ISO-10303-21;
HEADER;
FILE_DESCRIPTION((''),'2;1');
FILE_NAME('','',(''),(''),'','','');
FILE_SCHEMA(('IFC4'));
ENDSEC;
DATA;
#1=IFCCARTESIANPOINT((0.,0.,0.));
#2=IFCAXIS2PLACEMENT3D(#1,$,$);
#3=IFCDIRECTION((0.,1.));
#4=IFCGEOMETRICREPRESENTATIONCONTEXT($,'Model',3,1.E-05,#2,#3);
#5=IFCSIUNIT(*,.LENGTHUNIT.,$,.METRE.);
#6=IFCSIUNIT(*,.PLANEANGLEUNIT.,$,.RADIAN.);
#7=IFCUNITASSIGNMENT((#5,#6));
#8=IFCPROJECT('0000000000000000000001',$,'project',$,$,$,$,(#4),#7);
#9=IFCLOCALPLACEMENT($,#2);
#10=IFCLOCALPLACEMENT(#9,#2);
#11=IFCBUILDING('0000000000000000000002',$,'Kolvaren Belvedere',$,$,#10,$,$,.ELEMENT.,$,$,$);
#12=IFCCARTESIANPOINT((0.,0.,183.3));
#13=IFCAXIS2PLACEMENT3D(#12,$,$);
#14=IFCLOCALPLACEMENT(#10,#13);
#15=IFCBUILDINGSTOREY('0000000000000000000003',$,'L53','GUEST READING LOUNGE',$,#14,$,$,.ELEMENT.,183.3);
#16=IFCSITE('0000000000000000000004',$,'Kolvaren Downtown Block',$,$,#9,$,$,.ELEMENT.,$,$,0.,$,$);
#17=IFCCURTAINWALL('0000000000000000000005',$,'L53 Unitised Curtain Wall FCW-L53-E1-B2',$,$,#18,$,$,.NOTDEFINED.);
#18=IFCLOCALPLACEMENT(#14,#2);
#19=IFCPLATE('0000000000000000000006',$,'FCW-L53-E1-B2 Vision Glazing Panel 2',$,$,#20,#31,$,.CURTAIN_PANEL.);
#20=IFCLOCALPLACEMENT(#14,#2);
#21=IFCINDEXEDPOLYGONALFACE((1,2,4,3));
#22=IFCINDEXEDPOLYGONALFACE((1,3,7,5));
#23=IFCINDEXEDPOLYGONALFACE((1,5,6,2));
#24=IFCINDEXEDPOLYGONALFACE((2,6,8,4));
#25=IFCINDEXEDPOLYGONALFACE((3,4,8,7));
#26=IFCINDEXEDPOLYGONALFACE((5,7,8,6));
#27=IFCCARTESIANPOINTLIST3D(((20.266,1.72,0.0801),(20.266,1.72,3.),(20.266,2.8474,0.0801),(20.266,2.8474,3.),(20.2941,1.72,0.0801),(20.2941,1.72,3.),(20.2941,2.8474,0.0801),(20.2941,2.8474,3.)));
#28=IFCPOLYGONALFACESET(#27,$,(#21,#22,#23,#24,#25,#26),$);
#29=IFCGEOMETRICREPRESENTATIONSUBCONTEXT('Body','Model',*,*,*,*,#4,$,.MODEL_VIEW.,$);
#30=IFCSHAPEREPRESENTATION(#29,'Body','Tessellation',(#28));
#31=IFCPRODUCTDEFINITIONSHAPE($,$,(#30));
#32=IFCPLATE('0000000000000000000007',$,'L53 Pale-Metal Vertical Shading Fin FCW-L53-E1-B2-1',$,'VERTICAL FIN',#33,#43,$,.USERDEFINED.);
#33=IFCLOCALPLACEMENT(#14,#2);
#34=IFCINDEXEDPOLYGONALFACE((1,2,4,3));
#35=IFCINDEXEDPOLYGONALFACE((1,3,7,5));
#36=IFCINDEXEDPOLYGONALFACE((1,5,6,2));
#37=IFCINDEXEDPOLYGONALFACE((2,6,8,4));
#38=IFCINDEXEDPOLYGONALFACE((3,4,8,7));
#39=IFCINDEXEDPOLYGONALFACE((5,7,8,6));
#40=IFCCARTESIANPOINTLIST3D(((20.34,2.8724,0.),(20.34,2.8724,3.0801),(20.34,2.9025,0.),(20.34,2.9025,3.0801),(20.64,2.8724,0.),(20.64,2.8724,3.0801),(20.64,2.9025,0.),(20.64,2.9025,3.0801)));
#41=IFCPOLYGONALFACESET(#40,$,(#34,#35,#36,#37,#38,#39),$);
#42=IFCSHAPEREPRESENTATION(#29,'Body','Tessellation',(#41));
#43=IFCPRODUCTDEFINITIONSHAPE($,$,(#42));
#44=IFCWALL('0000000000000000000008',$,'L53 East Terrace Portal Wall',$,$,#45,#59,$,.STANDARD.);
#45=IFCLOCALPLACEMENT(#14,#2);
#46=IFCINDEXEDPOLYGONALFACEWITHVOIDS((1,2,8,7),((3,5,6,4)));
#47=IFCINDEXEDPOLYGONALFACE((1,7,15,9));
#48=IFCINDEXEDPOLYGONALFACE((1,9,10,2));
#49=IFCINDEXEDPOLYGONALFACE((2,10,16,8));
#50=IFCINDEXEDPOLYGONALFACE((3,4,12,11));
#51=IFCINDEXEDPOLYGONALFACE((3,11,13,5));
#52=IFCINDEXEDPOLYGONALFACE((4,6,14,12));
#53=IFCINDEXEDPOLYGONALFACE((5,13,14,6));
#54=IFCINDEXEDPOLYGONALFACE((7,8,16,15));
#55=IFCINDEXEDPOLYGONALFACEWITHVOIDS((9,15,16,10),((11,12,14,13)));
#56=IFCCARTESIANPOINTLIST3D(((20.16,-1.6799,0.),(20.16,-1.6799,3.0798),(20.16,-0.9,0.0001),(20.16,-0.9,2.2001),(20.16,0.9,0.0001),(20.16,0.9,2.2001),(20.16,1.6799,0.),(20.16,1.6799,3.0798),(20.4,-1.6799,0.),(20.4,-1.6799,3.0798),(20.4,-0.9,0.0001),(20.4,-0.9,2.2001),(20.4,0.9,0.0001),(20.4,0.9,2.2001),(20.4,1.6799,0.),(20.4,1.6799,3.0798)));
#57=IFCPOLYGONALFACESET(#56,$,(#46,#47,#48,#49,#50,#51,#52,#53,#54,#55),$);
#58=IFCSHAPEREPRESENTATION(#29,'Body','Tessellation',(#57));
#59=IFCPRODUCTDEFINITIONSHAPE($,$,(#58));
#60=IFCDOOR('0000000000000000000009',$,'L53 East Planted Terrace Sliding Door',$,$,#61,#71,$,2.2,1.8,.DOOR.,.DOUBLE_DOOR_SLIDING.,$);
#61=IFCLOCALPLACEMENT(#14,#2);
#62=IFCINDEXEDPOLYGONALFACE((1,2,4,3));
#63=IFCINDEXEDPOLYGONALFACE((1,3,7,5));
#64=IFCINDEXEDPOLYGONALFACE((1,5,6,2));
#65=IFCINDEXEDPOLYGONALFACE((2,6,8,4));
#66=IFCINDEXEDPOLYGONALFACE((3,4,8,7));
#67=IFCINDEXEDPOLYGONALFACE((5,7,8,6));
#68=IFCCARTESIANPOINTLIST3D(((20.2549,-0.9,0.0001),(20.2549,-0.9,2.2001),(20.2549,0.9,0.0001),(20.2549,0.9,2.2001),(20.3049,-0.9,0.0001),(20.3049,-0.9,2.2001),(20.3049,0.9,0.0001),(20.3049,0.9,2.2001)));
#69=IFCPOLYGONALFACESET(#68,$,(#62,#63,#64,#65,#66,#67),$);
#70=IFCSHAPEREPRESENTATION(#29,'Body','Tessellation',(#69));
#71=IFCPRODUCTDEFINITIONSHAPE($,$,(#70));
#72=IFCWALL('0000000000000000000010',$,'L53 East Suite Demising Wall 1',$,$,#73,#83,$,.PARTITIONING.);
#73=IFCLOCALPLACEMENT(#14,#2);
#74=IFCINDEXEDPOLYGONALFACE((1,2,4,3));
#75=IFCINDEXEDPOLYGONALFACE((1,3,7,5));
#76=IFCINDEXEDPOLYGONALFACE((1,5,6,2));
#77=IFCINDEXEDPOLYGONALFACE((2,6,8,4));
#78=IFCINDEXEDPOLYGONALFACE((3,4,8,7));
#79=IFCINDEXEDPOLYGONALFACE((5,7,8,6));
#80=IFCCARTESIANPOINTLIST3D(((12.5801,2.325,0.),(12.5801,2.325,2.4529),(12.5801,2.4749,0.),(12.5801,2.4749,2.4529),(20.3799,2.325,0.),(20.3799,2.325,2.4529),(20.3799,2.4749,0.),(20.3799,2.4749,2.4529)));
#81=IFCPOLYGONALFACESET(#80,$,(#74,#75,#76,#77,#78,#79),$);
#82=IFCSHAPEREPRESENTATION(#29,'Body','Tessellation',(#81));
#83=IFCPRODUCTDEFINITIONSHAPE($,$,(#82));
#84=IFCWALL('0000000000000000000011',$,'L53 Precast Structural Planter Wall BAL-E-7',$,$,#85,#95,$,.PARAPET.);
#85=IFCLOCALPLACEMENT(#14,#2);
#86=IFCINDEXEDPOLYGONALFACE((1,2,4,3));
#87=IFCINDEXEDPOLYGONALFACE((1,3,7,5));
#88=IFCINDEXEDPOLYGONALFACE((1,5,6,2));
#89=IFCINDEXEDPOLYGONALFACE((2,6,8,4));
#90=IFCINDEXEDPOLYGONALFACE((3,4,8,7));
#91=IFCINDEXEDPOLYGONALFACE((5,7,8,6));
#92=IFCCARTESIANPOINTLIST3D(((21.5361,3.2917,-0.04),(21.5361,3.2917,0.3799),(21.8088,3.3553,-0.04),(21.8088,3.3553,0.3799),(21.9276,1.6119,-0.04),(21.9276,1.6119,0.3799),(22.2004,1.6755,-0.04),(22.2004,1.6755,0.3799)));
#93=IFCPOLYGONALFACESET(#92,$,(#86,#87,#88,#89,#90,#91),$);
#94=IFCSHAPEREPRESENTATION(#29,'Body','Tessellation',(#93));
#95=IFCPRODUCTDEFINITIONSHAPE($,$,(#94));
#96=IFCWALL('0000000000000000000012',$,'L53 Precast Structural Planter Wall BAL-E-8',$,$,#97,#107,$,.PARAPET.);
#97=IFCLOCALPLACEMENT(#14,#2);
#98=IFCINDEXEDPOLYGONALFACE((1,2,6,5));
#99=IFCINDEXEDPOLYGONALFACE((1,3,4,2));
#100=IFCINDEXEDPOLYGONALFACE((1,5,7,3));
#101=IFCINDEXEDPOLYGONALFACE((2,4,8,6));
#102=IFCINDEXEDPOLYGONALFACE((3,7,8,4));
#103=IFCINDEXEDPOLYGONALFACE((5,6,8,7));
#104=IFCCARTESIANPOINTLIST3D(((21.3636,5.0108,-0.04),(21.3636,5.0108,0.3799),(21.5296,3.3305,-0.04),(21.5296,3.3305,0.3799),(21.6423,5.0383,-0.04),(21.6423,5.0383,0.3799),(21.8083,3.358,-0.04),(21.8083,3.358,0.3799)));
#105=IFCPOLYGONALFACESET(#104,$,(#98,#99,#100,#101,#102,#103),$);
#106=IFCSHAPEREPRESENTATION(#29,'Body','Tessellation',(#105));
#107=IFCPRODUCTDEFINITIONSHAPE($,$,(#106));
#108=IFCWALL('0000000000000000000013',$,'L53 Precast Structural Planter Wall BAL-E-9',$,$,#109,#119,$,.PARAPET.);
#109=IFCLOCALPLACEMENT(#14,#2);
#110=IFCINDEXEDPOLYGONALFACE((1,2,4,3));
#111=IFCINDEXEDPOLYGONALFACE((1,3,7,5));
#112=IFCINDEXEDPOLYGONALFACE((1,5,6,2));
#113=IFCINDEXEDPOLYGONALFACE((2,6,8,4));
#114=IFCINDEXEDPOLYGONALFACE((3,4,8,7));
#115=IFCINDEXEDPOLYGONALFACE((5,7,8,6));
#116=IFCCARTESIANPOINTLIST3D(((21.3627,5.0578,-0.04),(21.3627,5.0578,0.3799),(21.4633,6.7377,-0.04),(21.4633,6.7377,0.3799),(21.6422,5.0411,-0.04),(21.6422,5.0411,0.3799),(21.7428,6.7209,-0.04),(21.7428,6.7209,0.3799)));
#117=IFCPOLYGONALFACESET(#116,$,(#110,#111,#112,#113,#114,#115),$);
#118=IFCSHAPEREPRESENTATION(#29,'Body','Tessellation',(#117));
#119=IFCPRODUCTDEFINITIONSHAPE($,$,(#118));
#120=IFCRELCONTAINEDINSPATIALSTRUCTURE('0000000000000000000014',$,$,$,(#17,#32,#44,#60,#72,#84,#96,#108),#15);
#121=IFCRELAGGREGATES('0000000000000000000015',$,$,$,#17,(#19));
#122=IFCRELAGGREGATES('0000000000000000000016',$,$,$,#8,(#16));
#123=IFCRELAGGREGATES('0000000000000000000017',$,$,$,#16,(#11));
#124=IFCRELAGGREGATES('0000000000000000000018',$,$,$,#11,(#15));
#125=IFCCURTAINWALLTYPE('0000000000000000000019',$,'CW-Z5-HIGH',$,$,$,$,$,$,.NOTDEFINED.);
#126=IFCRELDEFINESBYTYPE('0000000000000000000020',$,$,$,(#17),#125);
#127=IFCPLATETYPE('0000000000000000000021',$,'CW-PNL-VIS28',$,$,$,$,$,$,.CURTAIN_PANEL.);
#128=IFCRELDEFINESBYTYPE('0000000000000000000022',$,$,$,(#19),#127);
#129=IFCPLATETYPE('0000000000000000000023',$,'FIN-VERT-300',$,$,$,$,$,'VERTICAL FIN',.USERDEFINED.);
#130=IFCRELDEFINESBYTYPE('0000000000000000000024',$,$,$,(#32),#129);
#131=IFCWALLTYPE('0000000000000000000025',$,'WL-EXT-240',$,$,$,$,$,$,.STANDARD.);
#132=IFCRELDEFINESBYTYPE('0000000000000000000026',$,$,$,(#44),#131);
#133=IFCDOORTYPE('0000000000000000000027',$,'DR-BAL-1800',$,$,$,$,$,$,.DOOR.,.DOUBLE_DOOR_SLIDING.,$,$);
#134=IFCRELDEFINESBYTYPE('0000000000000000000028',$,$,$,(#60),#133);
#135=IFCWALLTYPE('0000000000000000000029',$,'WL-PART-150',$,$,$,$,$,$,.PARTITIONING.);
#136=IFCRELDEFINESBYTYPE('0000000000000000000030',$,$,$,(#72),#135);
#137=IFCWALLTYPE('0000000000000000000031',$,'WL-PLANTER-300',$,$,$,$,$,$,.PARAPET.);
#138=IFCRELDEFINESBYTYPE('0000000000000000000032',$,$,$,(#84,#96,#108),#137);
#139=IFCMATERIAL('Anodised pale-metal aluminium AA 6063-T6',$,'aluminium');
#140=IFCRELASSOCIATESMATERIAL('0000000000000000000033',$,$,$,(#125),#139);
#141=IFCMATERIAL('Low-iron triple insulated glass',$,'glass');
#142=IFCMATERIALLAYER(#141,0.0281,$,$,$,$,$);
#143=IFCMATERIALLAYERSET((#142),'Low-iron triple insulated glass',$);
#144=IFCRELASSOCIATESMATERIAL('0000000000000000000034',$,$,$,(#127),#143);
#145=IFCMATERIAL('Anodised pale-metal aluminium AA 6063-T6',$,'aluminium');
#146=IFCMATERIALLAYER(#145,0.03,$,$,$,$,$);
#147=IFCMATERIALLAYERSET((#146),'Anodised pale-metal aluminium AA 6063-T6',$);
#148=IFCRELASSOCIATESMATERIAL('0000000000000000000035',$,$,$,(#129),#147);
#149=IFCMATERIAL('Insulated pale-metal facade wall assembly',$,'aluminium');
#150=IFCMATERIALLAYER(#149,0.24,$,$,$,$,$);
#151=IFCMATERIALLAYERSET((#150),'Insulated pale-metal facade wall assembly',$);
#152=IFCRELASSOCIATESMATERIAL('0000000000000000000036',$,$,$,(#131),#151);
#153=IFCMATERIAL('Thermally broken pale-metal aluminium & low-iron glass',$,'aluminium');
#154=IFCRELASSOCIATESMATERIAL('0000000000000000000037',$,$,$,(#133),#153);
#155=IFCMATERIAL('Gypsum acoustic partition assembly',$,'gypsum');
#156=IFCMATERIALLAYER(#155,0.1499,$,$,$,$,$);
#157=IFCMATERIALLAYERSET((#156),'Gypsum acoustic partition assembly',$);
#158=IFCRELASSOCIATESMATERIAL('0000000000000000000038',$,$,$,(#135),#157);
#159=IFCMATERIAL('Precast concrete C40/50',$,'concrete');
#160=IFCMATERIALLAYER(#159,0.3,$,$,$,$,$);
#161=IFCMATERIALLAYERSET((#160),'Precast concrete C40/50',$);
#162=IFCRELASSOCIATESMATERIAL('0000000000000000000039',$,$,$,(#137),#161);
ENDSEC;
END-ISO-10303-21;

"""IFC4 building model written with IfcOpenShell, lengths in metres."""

from ifc_helpers import new_model, si_unit, direction, frame, frame_2d, origin, origin_2d, place, context, subcontext, project, spatial, rectangle, extrude, material, layer, layer_set, type_object, element, fill, aggregate, save


model = new_model("IFC4")

# Units and contexts
model_context = context("Model", 3, precision=1e-05, world=origin(), true_north=direction((0.0, 1.0)))
body_context = subcontext(model_context, "Body", "Model", "MODEL_VIEW")
ifc_project = project(units=[si_unit("LENGTHUNIT", "METRE"), si_unit("PLANEANGLEUNIT", "RADIAN")], contexts=[model_context])

# Site, building, storey
site_placement = place(None, origin())
site = spatial("IfcSite", under=ifc_project, at=site_placement, Name="Kolvaren Downtown Block", CompositionType="ELEMENT", RefElevation=0.0)
building_placement = place(site_placement, origin())
building = spatial("IfcBuilding", under=site, at=building_placement, Name="Kolvaren Belvedere", CompositionType="ELEMENT")
storey_placement = place(building_placement, frame((0.0, 0.0, 183.3)))
storey = spatial("IfcBuildingStorey", under=building, at=storey_placement, Name="L53", Description="GUEST READING LOUNGE", CompositionType="ELEMENT", Elevation=183.3)

# Shared definitions
ifc_material_1 = material(Name="Anodised pale-metal aluminium AA 6063-T6", Category="aluminium")
curtain_wall_type = type_object("IfcCurtainWallType", Name="CW-Z5-HIGH", PredefinedType="NOTDEFINED", material=ifc_material_1)

# Curtain wall
curtain_wall_1_placement = place(storey_placement, origin())
curtain_wall_1 = element("IfcCurtainWall", 1, at=curtain_wall_1_placement, inside=storey, type_object=curtain_wall_type, Name="L53 Unitised Curtain Wall FCW-L53-E1-B2", PredefinedType="NOTDEFINED")

# Plates
ifc_material_2 = material(Name="Low-iron triple insulated glass", Category="glass")
ifc_layer_1 = layer(ifc_material_2, 0.0281)
ifc_layer_set_1 = layer_set([ifc_layer_1], Name="Low-iron triple insulated glass")
plate_type_1 = type_object("IfcPlateType", Name="CW-PNL-VIS28", PredefinedType="CURTAIN_PANEL", material=ifc_layer_set_1)
plate_1_placement = place(storey_placement, frame((20.28, 2.2837, 0.0801), z_axis=(0.0, 0.0, 1.0), x_axis=(0.0, -1.0, 0.0)))
plate_1 = element("IfcPlate", 2, at=plate_1_placement, type_object=plate_type_1, Name="FCW-L53-E1-B2 Vision Glazing Panel 2", PredefinedType="CURTAIN_PANEL", context=body_context, shape_type="SweptSolid", body=[
    extrude(rectangle(XDim=1.1274, YDim=0.0281, at=origin_2d()), origin(), (0.0, 0.0, 1.0), 2.9199),
])
aggregate(curtain_wall_1, [plate_1])
ifc_material_3 = material(Name="Anodised pale-metal aluminium AA 6063-T6", Category="aluminium")
ifc_layer_2 = layer(ifc_material_3, 0.03)
ifc_layer_set_2 = layer_set([ifc_layer_2], Name="Anodised pale-metal aluminium AA 6063-T6")
plate_type_2 = type_object("IfcPlateType", Name="FIN-VERT-300", ElementType="VERTICAL FIN", PredefinedType="USERDEFINED", material=ifc_layer_set_2)
plate_2_placement = place(storey_placement, frame((20.49, 2.8875, 0.0), z_axis=(0.0, 0.0, 1.0), x_axis=(1.0, 0.0, 0.0)))
element("IfcPlate", 3, at=plate_2_placement, inside=storey, type_object=plate_type_2, Name="L53 Pale-Metal Vertical Shading Fin FCW-L53-E1-B2-1", ObjectType="VERTICAL FIN", PredefinedType="USERDEFINED", context=body_context, shape_type="SweptSolid", body=[
    extrude(rectangle(XDim=0.3, YDim=0.03, at=origin_2d()), origin(), (0.0, 0.0, 1.0), 3.0801),
])

# Wall, opening, door
ifc_material_4 = material(Name="Insulated pale-metal facade wall assembly", Category="aluminium")
ifc_layer_3 = layer(ifc_material_4, 0.24)
ifc_layer_set_3 = layer_set([ifc_layer_3], Name="Insulated pale-metal facade wall assembly")
wall_type_1 = type_object("IfcWallType", Name="WL-EXT-240", PredefinedType="STANDARD", material=ifc_layer_set_3)
wall_1_placement = place(storey_placement, frame((20.28, 1.6799, 0.0), z_axis=(0.0, 0.0, 1.0), x_axis=(0.0, -1.0, 0.0)))
wall_1 = element("IfcWall", 4, at=wall_1_placement, inside=storey, type_object=wall_type_1, Name="L53 East Terrace Portal Wall", PredefinedType="STANDARD", context=body_context, shape_type="SweptSolid", body=[
    extrude(rectangle(XDim=3.3599, YDim=0.24, at=frame_2d((1.6799, 0.0))), origin(), (0.0, 0.0, 1.0), 3.0798),
])
opening_placement = place(wall_1_placement, frame((0.78, 0.0, 0.0)))
opening = element("IfcOpeningElement", 5, at=opening_placement, cuts=wall_1, PredefinedType="OPENING", context=body_context, shape_type="SweptSolid", body=[
    extrude(rectangle(XDim=1.8, YDim=2.2, at=frame_2d((0.8999, 1.1001))), frame((0.0, 0.1299, 0.0), z_axis=(0.0, -1.0, 0.0), x_axis=(1.0, 0.0, 0.0)), (0.0, 0.0, 1.0), 0.26),
])
ifc_material_5 = material(Name="Thermally broken pale-metal aluminium & low-iron glass", Category="aluminium")
door_type = type_object("IfcDoorType", Name="DR-BAL-1800", OperationType="DOUBLE_DOOR_SLIDING", PredefinedType="DOOR", material=ifc_material_5)
door_placement = place(opening_placement, origin())
door = element("IfcDoor", 6, at=door_placement, inside=storey, type_object=door_type, Name="L53 East Planted Terrace Sliding Door", OperationType="DOUBLE_DOOR_SLIDING", OverallHeight=2.2, OverallWidth=1.8, PredefinedType="DOOR", context=body_context, shape_type="SweptSolid", body=[
    extrude(rectangle(XDim=1.8, YDim=2.2, at=frame_2d((0.8999, 1.1001))), frame((0.0, 0.0249, 0.0), z_axis=(0.0, -1.0, 0.0), x_axis=(1.0, 0.0, 0.0)), (0.0, 0.0, 1.0), 0.05),
])
fill(opening, door)

# Walls
ifc_material_6 = material(Name="Gypsum acoustic partition assembly", Category="gypsum")
ifc_layer_4 = layer(ifc_material_6, 0.1499)
ifc_layer_set_4 = layer_set([ifc_layer_4], Name="Gypsum acoustic partition assembly")
wall_type_2 = type_object("IfcWallType", Name="WL-PART-150", PredefinedType="PARTITIONING", material=ifc_layer_set_4)
wall_2_placement = place(storey_placement, frame((12.5801, 2.3999, 0.0), z_axis=(0.0, 0.0, 1.0), x_axis=(1.0, 0.0, 0.0)))
element("IfcWall", 7, at=wall_2_placement, inside=storey, type_object=wall_type_2, Name="L53 East Suite Demising Wall 1", PredefinedType="PARTITIONING", context=body_context, shape_type="SweptSolid", body=[
    extrude(rectangle(XDim=7.7998, YDim=0.1499, at=frame_2d((3.8999, 0.0))), origin(), (0.0, 0.0, 1.0), 2.4529),
])
ifc_material_7 = material(Name="Precast concrete C40/50", Category="concrete")
ifc_layer_5 = layer(ifc_material_7, 0.3)
ifc_layer_set_5 = layer_set([ifc_layer_5], Name="Precast concrete C40/50")
wall_type_3 = type_object("IfcWallType", Name="WL-PLANTER-300", PredefinedType="PARAPET", material=ifc_layer_set_5)
wall_3_placement = place(storey_placement, frame((22.064, 1.6438, -0.04), z_axis=(0.0, 0.0, 1.0), x_axis=(-0.227019, 0.97389, 0.0)))
element("IfcWall", 8, at=wall_3_placement, inside=storey, type_object=wall_type_3, Name="L53 Precast Structural Planter Wall BAL-E-7", PredefinedType="PARAPET", context=body_context, shape_type="SweptSolid", body=[
    extrude(rectangle(XDim=1.7249, YDim=0.28, at=frame_2d((0.8623, 0.0))), origin(), (0.0, 0.0, 1.0), 0.4199),
])
wall_4_placement = place(storey_placement, frame((21.6689, 3.3442, -0.04), z_axis=(0.0, 0.0, 1.0), x_axis=(-0.09833, 0.995154, 0.0)))
element("IfcWall", 9, at=wall_4_placement, inside=storey, type_object=wall_type_3, Name="L53 Precast Structural Planter Wall BAL-E-8", PredefinedType="PARAPET", context=body_context, shape_type="SweptSolid", body=[
    extrude(rectangle(XDim=1.6885, YDim=0.28, at=frame_2d((0.8442, 0.0))), origin(), (0.0, 0.0, 1.0), 0.4199),
])
wall_5_placement = place(storey_placement, frame((21.5024, 5.0496, -0.04), z_axis=(0.0, 0.0, 1.0), x_axis=(0.059768, 0.998212, 0.0)))
element("IfcWall", 10, at=wall_5_placement, inside=storey, type_object=wall_type_3, Name="L53 Precast Structural Planter Wall BAL-E-9", PredefinedType="PARAPET", context=body_context, shape_type="SweptSolid", body=[
    extrude(rectangle(XDim=1.6829, YDim=0.28, at=frame_2d((0.8413, 0.0))), origin(), (0.0, 0.0, 1.0), 0.4199),
])

save(model, "model.ifc")
